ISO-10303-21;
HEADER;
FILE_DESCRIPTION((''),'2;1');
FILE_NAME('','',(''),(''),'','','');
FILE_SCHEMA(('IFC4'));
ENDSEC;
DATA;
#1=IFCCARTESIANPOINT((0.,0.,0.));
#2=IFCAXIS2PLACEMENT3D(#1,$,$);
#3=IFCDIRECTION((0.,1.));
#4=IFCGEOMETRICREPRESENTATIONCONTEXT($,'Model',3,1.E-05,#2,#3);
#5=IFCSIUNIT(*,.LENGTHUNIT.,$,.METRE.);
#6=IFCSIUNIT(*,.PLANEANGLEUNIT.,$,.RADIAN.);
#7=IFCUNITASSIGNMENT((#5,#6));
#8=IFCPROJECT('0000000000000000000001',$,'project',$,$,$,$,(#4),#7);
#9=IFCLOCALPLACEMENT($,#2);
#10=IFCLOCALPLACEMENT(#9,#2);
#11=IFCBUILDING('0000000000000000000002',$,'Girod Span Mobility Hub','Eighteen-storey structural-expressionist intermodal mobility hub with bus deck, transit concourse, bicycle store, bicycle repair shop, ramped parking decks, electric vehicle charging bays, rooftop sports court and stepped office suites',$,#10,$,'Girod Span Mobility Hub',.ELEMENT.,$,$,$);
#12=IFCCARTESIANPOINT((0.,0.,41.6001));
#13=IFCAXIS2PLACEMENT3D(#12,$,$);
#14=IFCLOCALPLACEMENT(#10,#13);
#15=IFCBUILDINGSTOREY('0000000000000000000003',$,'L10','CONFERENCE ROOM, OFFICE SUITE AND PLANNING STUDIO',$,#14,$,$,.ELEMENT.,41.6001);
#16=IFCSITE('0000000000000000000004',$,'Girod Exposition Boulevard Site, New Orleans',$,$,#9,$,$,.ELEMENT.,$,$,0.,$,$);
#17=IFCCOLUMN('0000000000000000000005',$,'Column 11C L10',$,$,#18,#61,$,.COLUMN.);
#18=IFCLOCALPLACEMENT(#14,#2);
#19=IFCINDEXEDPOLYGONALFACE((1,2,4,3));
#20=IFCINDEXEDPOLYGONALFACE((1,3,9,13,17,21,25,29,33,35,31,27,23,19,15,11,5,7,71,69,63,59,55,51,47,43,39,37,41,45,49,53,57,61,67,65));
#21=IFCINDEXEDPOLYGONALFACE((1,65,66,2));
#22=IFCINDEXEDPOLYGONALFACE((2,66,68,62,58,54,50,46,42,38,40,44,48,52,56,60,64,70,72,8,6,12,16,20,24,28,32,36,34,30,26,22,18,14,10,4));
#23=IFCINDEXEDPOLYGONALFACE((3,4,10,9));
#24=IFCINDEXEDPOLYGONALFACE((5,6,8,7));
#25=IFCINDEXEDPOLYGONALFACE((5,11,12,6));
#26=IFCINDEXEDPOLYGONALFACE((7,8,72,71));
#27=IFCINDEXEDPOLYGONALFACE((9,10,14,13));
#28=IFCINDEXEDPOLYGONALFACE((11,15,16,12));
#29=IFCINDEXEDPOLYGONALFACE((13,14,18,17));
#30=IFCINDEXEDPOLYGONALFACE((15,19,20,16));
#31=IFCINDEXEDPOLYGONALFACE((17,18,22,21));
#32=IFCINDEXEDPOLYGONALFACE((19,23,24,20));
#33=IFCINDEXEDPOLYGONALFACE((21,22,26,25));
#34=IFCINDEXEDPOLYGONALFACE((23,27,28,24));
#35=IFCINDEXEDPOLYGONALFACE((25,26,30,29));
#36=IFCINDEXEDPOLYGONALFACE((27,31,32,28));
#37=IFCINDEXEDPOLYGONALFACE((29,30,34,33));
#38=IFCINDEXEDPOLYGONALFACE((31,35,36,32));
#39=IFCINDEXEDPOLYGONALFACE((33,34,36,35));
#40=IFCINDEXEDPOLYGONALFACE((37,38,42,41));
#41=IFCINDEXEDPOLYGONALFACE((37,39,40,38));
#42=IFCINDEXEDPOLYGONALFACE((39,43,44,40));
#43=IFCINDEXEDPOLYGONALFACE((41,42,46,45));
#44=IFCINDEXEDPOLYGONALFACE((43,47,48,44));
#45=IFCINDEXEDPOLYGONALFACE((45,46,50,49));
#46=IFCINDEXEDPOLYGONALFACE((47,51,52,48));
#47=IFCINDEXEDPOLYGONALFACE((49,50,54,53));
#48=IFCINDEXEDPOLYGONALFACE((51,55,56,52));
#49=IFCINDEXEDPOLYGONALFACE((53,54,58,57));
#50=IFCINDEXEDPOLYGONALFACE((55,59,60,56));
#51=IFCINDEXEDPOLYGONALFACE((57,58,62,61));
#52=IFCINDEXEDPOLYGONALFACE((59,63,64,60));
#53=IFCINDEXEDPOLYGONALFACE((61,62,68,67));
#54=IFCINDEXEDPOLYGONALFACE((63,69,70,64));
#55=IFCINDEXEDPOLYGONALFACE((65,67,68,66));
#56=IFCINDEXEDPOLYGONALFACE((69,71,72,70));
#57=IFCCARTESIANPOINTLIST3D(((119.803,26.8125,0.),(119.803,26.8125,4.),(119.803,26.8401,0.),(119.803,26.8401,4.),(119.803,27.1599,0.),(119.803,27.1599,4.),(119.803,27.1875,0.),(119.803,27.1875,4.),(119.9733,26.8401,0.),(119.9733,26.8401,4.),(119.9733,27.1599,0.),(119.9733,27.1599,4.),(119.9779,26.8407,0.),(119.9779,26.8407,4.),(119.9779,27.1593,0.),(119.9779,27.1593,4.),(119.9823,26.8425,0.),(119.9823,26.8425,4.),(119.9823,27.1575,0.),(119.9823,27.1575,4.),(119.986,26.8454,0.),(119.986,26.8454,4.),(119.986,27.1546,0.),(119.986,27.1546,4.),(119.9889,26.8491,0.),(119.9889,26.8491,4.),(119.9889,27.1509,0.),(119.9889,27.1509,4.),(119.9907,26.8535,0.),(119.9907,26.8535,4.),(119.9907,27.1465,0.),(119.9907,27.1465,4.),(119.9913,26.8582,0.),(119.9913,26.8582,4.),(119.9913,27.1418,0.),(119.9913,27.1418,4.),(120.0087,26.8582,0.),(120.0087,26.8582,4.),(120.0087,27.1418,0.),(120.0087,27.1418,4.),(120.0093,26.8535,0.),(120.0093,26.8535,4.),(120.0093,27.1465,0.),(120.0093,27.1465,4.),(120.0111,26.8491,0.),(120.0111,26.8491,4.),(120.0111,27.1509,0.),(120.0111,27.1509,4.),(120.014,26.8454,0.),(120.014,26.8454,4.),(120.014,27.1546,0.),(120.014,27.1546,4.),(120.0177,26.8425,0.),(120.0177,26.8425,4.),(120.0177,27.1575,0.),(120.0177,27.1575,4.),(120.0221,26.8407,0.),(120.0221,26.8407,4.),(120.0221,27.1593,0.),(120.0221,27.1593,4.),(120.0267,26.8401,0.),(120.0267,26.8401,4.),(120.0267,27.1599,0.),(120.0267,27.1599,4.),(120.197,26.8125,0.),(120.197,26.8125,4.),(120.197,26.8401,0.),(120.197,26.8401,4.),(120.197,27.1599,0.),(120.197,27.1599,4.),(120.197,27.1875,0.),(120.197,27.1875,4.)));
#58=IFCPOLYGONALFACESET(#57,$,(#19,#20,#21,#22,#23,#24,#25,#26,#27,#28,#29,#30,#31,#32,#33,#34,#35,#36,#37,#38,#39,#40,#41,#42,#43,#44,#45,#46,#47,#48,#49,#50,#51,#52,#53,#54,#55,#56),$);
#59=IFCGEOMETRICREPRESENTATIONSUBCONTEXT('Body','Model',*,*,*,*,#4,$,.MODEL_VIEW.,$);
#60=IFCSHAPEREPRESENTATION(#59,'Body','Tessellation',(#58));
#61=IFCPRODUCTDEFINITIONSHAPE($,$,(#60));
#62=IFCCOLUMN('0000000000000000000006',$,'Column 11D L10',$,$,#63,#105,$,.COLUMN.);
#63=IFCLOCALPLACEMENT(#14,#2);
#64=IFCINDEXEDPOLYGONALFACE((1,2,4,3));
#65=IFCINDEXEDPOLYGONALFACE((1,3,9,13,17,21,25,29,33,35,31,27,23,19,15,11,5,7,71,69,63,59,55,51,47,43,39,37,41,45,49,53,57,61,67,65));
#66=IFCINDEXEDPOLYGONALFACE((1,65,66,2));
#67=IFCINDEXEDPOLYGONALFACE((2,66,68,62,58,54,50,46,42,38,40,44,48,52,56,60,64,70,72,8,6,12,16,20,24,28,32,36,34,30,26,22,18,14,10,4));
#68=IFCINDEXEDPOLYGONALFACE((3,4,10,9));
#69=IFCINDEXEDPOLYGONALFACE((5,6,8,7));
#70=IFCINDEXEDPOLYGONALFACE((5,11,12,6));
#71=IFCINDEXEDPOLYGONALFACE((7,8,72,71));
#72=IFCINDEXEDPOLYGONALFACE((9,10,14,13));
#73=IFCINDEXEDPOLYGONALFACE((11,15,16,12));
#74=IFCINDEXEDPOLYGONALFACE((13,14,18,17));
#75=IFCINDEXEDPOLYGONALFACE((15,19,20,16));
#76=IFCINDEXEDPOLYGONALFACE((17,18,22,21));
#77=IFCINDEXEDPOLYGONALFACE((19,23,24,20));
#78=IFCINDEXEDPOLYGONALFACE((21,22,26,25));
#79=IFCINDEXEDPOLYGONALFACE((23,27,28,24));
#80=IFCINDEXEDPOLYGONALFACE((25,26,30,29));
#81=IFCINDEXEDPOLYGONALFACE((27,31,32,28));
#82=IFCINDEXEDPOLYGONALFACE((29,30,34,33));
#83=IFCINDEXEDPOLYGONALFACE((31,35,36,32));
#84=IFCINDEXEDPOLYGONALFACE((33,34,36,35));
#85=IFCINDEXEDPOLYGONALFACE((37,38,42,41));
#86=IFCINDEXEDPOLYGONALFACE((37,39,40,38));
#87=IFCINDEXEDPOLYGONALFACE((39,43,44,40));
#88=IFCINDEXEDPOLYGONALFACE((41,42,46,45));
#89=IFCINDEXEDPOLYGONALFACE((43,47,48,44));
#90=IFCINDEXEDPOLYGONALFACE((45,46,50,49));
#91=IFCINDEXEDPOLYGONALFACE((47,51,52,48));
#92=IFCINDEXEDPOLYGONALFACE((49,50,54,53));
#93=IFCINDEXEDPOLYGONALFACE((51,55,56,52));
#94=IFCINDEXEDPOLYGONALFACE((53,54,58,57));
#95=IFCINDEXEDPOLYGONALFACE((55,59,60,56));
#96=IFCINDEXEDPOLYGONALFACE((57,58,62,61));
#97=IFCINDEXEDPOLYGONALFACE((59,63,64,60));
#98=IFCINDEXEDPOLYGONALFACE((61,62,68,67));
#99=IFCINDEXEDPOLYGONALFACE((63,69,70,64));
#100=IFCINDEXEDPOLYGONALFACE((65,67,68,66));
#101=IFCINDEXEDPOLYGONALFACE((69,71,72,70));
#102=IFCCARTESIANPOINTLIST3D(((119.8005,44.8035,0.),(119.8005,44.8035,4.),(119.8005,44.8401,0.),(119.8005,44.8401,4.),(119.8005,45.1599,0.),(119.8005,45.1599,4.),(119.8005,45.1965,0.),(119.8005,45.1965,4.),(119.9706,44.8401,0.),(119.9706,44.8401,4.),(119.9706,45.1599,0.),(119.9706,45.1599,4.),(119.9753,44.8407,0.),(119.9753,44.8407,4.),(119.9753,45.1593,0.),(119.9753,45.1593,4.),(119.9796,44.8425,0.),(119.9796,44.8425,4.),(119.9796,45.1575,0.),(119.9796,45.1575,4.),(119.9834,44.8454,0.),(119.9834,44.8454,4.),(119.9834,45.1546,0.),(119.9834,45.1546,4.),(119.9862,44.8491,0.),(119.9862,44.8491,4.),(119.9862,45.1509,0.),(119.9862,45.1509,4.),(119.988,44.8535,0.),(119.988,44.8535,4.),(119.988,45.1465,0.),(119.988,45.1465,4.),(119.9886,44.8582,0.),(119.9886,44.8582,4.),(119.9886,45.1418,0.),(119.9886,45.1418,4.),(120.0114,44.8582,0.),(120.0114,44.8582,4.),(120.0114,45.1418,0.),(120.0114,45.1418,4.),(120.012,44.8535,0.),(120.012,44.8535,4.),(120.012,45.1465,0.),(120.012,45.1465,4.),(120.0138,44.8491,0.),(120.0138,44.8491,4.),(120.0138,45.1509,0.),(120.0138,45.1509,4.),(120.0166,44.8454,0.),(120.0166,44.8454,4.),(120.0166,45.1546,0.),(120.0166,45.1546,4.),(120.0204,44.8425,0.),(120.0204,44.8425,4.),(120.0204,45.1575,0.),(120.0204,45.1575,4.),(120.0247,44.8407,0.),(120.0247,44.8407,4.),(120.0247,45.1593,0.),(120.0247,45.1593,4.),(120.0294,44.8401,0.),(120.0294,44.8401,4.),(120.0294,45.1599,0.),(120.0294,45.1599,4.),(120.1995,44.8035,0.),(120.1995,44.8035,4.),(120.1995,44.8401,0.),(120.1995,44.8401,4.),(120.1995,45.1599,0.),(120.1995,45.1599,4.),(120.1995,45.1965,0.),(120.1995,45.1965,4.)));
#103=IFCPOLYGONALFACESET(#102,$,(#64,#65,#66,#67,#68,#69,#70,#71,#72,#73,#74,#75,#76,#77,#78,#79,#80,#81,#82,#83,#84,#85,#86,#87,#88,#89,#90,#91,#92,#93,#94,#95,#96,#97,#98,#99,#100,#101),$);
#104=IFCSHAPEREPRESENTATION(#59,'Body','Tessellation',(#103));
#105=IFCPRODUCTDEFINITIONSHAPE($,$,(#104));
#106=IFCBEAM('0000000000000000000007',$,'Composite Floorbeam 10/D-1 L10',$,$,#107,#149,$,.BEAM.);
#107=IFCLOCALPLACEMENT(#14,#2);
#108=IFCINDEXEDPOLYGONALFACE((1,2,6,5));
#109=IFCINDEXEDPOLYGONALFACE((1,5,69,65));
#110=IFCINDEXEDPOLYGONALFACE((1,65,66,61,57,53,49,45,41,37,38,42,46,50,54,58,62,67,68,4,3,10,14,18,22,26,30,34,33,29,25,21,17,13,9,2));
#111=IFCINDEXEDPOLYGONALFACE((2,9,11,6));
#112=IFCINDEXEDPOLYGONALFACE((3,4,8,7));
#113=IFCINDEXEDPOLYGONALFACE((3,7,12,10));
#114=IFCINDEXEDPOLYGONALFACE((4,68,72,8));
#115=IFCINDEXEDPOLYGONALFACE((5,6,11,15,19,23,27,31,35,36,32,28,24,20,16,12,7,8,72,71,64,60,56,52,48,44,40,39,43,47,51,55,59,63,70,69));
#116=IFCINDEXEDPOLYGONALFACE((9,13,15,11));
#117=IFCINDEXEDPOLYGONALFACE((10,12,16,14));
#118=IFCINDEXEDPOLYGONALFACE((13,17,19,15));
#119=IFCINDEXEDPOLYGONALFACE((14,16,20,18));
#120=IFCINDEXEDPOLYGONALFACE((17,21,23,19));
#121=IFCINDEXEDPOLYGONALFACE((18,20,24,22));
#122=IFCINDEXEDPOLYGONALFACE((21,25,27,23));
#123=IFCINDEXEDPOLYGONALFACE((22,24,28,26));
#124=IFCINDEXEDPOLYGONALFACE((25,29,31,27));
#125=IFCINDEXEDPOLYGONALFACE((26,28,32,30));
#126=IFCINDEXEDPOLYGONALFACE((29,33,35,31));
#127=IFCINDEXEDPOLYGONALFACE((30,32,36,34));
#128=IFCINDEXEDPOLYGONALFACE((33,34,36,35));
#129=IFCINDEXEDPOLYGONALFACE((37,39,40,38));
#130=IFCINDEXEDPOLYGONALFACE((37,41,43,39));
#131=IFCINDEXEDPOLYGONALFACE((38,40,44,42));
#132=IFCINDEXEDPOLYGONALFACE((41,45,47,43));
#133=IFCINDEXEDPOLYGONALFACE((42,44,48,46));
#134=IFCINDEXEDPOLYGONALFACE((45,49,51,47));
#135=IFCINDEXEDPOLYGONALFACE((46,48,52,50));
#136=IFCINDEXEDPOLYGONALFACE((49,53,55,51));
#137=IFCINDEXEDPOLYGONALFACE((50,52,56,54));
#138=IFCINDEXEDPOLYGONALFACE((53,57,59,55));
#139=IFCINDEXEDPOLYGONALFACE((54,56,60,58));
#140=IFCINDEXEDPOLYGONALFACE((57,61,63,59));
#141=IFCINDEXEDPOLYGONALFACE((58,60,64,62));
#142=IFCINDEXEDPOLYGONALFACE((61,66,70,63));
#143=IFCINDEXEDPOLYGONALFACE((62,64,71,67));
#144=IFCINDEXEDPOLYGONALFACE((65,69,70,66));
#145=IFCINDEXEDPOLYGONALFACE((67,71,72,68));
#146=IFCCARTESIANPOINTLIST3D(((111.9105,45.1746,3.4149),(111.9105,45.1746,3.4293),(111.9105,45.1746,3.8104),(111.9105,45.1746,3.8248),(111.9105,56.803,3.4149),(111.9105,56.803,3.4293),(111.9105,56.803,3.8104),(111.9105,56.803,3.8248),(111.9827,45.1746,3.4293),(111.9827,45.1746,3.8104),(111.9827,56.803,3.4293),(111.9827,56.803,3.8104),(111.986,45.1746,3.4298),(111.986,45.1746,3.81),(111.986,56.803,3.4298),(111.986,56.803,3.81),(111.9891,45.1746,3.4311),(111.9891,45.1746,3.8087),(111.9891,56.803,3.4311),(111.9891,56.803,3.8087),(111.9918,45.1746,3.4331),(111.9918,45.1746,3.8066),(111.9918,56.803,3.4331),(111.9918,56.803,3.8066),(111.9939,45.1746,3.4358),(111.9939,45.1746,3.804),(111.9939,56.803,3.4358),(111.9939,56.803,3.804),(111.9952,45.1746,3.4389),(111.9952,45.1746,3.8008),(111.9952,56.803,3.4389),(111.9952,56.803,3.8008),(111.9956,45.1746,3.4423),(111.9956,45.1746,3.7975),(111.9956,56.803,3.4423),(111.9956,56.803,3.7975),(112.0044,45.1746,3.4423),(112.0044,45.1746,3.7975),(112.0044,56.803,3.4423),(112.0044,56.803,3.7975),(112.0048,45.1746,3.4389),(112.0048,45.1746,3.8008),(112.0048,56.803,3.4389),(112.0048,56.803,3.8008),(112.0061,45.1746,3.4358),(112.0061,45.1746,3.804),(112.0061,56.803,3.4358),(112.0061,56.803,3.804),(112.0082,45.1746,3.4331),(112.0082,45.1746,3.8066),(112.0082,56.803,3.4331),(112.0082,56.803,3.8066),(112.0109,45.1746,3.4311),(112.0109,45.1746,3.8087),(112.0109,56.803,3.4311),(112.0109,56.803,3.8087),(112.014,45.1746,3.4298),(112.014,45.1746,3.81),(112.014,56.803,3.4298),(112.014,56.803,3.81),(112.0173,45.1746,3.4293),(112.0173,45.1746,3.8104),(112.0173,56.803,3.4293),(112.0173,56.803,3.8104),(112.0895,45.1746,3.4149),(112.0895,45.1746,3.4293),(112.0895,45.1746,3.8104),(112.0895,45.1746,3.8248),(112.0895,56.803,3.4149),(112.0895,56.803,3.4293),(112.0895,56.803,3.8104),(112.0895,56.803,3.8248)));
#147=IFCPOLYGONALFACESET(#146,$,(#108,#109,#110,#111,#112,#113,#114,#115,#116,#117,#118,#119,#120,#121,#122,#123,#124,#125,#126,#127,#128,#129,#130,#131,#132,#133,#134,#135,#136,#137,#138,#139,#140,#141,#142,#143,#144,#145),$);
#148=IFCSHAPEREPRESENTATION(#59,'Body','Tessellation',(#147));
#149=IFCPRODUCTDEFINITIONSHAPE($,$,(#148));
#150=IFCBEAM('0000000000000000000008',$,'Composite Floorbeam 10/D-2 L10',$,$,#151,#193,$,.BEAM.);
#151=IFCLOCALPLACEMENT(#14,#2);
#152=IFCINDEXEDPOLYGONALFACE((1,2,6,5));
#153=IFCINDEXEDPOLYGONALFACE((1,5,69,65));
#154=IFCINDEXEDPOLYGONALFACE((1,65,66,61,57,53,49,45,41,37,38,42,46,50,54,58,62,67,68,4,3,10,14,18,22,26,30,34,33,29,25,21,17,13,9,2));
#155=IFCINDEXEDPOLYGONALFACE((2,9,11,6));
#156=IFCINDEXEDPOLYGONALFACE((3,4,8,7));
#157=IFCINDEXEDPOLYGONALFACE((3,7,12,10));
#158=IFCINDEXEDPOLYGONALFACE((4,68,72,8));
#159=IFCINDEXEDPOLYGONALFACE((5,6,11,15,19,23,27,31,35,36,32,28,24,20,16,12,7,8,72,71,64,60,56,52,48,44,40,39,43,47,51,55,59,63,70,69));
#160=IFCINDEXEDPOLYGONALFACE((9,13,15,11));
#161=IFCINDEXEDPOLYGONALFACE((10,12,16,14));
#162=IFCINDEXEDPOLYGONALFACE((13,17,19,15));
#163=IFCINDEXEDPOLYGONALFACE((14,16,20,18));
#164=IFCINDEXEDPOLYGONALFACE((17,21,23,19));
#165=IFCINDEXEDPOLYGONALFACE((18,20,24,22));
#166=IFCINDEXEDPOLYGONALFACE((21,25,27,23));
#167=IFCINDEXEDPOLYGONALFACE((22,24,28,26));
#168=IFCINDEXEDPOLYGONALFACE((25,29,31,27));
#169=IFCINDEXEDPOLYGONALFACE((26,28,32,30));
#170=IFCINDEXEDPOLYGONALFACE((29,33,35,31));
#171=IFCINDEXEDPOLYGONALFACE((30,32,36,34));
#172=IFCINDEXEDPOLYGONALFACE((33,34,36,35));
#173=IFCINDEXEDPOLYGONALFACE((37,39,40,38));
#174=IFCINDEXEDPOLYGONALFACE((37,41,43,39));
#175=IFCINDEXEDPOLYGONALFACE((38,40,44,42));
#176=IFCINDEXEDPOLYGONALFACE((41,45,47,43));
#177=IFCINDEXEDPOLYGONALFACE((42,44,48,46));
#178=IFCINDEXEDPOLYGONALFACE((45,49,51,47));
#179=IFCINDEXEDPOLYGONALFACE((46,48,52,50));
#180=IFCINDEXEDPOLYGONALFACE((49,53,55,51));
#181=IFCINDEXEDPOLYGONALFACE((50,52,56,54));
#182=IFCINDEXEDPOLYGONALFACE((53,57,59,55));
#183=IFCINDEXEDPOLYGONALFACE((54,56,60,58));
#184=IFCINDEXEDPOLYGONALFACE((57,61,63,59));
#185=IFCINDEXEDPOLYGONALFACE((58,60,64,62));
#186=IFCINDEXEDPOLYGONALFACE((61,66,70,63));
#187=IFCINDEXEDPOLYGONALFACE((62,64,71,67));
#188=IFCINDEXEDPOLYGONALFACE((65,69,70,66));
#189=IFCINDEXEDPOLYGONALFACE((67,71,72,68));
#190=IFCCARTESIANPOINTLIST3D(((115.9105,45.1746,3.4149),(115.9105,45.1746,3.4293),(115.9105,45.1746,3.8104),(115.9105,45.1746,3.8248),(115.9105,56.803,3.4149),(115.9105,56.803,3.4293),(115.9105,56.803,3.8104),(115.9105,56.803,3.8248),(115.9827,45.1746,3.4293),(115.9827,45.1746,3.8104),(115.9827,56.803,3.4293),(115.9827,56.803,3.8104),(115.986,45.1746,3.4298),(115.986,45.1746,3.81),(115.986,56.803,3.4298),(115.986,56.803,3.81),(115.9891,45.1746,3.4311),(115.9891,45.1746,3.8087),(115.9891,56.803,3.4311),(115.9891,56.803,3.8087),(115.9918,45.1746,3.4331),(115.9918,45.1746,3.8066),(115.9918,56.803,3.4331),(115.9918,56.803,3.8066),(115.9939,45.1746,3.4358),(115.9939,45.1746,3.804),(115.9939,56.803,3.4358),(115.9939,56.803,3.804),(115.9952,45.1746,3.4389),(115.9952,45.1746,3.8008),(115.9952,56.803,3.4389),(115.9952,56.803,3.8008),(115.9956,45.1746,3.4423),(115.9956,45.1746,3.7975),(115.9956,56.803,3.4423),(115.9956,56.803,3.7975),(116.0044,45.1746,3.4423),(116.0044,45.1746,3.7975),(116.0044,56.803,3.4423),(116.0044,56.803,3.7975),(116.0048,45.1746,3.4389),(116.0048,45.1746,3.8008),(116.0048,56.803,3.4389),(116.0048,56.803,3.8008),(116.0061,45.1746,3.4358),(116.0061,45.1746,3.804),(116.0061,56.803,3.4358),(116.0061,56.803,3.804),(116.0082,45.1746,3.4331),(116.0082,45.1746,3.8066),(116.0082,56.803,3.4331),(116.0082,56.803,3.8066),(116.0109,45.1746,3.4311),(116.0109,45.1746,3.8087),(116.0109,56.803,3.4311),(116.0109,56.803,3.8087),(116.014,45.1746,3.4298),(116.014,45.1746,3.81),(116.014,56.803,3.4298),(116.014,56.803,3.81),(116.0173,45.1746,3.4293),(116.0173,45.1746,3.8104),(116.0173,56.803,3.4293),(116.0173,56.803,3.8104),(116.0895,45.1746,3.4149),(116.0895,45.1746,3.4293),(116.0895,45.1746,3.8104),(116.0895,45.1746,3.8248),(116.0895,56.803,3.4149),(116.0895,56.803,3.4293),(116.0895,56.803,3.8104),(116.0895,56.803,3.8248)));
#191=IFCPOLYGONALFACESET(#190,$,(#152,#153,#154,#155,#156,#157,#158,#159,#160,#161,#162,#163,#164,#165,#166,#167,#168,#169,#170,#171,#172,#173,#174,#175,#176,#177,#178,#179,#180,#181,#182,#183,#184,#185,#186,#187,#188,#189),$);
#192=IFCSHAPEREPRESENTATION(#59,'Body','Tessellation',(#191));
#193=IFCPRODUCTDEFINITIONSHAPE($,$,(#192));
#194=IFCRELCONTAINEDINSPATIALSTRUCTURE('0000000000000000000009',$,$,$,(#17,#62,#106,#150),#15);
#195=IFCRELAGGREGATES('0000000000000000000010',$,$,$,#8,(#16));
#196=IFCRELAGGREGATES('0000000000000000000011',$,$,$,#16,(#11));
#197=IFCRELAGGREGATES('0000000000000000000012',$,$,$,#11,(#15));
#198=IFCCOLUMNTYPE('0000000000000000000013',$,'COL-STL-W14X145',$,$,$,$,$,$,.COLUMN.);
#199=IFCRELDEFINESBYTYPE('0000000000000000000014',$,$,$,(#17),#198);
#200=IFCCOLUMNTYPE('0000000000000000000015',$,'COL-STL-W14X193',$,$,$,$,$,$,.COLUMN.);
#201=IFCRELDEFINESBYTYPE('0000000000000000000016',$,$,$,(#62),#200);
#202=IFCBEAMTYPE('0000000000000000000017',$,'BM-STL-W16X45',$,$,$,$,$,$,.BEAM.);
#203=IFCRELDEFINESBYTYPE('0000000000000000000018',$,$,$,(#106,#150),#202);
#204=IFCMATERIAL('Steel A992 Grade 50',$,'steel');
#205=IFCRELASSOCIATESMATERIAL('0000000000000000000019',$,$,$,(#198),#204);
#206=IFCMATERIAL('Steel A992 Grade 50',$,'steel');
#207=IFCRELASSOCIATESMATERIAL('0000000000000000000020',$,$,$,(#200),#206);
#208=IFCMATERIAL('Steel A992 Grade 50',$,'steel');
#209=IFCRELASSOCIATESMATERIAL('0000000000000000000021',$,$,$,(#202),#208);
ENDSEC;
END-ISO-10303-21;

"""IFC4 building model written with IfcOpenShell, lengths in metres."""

from ifc_helpers import new_model, si_unit, direction, frame, origin, origin_2d, place, context, subcontext, project, spatial, i_section, extrude, material, material_profile, profile_set, type_object, element, save


model = new_model("IFC4")

# Units and contexts
model_context = context("Model", 3, precision=1e-05, world=origin(), true_north=direction((0.0, 1.0)))
body_context = subcontext(model_context, "Body", "Model", "MODEL_VIEW")
ifc_project = project(units=[si_unit("LENGTHUNIT", "METRE"), si_unit("PLANEANGLEUNIT", "RADIAN")], contexts=[model_context])

# Site, building, storey
site_placement = place(None, origin())
site = spatial("IfcSite", under=ifc_project, at=site_placement, Name="Girod Exposition Boulevard Site, New Orleans", CompositionType="ELEMENT", RefElevation=0.0)
building_placement = place(site_placement, origin())
building = spatial("IfcBuilding", under=site, at=building_placement, Name="Girod Span Mobility Hub", Description="Eighteen-storey structural-expressionist intermodal mobility hub with bus deck, transit concourse, bicycle store, bicycle repair shop, ramped parking decks, electric vehicle charging bays, rooftop sports court and stepped office suites", LongName="Girod Span Mobility Hub", CompositionType="ELEMENT")
storey_placement = place(building_placement, frame((0.0, 0.0, 41.6001)))
storey = spatial("IfcBuildingStorey", under=building, at=storey_placement, Name="L10", Description="CONFERENCE ROOM, OFFICE SUITE AND PLANNING STUDIO", CompositionType="ELEMENT", Elevation=41.6001)

# Columns
ifc_material_1 = material(Name="Steel A992 Grade 50", Category="steel")
ifc_material_profile_1 = material_profile(ifc_material_1, i_section(OverallWidth=0.394, OverallDepth=0.375, WebThickness=0.0173, FlangeThickness=0.0276, FilletRadius=0.0181, at=origin_2d()), Name="W14X145")
ifc_profile_set_1 = profile_set([ifc_material_profile_1], Name="Steel A992 Grade 50")
column_type_1 = type_object("IfcColumnType", Name="COL-STL-W14X145", PredefinedType="COLUMN", material=ifc_profile_set_1)
column_1_placement = place(storey_placement, frame((120.0, 27.0, 0.0), z_axis=(0.0, 0.0, 1.0), x_axis=(1.0, 0.0, 0.0)))
element("IfcColumn", 1, at=column_1_placement, inside=storey, type_object=column_type_1, Name="Column 11C L10", PredefinedType="COLUMN", context=body_context, shape_type="SweptSolid", body=[
    extrude(i_section(OverallWidth=0.394, OverallDepth=0.375, WebThickness=0.0173, FlangeThickness=0.0276, FilletRadius=0.0181, at=origin_2d()), origin(), (0.0, 0.0, 1.0), 4.0),
])
ifc_material_2 = material(Name="Steel A992 Grade 50", Category="steel")
ifc_material_profile_2 = material_profile(ifc_material_2, i_section(OverallWidth=0.3989, OverallDepth=0.3931, WebThickness=0.0227, FlangeThickness=0.0366, FilletRadius=0.0181, at=origin_2d()), Name="W14X193")
ifc_profile_set_2 = profile_set([ifc_material_profile_2], Name="Steel A992 Grade 50")
column_type_2 = type_object("IfcColumnType", Name="COL-STL-W14X193", PredefinedType="COLUMN", material=ifc_profile_set_2)
column_2_placement = place(storey_placement, frame((120.0, 45.0, 0.0), z_axis=(0.0, 0.0, 1.0), x_axis=(1.0, 0.0, 0.0)))
element("IfcColumn", 2, at=column_2_placement, inside=storey, type_object=column_type_2, Name="Column 11D L10", PredefinedType="COLUMN", context=body_context, shape_type="SweptSolid", body=[
    extrude(i_section(OverallWidth=0.3989, OverallDepth=0.3931, WebThickness=0.0227, FlangeThickness=0.0366, FilletRadius=0.0181, at=origin_2d()), origin(), (0.0, 0.0, 1.0), 4.0),
])

# Beams
ifc_material_3 = material(Name="Steel A992 Grade 50", Category="steel")
ifc_material_profile_3 = material_profile(ifc_material_3, i_section(OverallWidth=0.179, OverallDepth=0.4099, WebThickness=0.0088, FlangeThickness=0.0144, FilletRadius=0.0129, at=origin_2d()), Name="W16X45")
ifc_profile_set_3 = profile_set([ifc_material_profile_3], Name="Steel A992 Grade 50")
beam_type_1 = type_object("IfcBeamType", Name="BM-STL-W16X45", PredefinedType="BEAM", material=ifc_profile_set_3)
for number, where, z_axis, x_axis, name in (
    (3, (112.0, 45.1746, 3.6199), (0.0, 1.0, 0.0), (-1.0, 0.0, 0.0), "Composite Floorbeam 10/D-1 L10"),
    (4, (116.0, 45.1746, 3.6199), (0.0, 1.0, 0.0), (-1.0, 0.0, 0.0), "Composite Floorbeam 10/D-2 L10"),
):
    element("IfcBeam", number, at=place(storey_placement, frame(where, z_axis=z_axis, x_axis=x_axis)), inside=storey, type_object=beam_type_1, Name=name, PredefinedType="BEAM", context=body_context, shape_type="SweptSolid", body=[
        extrude(i_section(OverallWidth=0.179, OverallDepth=0.4099, WebThickness=0.0088, FlangeThickness=0.0144, FilletRadius=0.0129, at=origin_2d()), origin(), (0.0, 0.0, 1.0), 11.6284),
    ])

save(model, "model.ifc")
